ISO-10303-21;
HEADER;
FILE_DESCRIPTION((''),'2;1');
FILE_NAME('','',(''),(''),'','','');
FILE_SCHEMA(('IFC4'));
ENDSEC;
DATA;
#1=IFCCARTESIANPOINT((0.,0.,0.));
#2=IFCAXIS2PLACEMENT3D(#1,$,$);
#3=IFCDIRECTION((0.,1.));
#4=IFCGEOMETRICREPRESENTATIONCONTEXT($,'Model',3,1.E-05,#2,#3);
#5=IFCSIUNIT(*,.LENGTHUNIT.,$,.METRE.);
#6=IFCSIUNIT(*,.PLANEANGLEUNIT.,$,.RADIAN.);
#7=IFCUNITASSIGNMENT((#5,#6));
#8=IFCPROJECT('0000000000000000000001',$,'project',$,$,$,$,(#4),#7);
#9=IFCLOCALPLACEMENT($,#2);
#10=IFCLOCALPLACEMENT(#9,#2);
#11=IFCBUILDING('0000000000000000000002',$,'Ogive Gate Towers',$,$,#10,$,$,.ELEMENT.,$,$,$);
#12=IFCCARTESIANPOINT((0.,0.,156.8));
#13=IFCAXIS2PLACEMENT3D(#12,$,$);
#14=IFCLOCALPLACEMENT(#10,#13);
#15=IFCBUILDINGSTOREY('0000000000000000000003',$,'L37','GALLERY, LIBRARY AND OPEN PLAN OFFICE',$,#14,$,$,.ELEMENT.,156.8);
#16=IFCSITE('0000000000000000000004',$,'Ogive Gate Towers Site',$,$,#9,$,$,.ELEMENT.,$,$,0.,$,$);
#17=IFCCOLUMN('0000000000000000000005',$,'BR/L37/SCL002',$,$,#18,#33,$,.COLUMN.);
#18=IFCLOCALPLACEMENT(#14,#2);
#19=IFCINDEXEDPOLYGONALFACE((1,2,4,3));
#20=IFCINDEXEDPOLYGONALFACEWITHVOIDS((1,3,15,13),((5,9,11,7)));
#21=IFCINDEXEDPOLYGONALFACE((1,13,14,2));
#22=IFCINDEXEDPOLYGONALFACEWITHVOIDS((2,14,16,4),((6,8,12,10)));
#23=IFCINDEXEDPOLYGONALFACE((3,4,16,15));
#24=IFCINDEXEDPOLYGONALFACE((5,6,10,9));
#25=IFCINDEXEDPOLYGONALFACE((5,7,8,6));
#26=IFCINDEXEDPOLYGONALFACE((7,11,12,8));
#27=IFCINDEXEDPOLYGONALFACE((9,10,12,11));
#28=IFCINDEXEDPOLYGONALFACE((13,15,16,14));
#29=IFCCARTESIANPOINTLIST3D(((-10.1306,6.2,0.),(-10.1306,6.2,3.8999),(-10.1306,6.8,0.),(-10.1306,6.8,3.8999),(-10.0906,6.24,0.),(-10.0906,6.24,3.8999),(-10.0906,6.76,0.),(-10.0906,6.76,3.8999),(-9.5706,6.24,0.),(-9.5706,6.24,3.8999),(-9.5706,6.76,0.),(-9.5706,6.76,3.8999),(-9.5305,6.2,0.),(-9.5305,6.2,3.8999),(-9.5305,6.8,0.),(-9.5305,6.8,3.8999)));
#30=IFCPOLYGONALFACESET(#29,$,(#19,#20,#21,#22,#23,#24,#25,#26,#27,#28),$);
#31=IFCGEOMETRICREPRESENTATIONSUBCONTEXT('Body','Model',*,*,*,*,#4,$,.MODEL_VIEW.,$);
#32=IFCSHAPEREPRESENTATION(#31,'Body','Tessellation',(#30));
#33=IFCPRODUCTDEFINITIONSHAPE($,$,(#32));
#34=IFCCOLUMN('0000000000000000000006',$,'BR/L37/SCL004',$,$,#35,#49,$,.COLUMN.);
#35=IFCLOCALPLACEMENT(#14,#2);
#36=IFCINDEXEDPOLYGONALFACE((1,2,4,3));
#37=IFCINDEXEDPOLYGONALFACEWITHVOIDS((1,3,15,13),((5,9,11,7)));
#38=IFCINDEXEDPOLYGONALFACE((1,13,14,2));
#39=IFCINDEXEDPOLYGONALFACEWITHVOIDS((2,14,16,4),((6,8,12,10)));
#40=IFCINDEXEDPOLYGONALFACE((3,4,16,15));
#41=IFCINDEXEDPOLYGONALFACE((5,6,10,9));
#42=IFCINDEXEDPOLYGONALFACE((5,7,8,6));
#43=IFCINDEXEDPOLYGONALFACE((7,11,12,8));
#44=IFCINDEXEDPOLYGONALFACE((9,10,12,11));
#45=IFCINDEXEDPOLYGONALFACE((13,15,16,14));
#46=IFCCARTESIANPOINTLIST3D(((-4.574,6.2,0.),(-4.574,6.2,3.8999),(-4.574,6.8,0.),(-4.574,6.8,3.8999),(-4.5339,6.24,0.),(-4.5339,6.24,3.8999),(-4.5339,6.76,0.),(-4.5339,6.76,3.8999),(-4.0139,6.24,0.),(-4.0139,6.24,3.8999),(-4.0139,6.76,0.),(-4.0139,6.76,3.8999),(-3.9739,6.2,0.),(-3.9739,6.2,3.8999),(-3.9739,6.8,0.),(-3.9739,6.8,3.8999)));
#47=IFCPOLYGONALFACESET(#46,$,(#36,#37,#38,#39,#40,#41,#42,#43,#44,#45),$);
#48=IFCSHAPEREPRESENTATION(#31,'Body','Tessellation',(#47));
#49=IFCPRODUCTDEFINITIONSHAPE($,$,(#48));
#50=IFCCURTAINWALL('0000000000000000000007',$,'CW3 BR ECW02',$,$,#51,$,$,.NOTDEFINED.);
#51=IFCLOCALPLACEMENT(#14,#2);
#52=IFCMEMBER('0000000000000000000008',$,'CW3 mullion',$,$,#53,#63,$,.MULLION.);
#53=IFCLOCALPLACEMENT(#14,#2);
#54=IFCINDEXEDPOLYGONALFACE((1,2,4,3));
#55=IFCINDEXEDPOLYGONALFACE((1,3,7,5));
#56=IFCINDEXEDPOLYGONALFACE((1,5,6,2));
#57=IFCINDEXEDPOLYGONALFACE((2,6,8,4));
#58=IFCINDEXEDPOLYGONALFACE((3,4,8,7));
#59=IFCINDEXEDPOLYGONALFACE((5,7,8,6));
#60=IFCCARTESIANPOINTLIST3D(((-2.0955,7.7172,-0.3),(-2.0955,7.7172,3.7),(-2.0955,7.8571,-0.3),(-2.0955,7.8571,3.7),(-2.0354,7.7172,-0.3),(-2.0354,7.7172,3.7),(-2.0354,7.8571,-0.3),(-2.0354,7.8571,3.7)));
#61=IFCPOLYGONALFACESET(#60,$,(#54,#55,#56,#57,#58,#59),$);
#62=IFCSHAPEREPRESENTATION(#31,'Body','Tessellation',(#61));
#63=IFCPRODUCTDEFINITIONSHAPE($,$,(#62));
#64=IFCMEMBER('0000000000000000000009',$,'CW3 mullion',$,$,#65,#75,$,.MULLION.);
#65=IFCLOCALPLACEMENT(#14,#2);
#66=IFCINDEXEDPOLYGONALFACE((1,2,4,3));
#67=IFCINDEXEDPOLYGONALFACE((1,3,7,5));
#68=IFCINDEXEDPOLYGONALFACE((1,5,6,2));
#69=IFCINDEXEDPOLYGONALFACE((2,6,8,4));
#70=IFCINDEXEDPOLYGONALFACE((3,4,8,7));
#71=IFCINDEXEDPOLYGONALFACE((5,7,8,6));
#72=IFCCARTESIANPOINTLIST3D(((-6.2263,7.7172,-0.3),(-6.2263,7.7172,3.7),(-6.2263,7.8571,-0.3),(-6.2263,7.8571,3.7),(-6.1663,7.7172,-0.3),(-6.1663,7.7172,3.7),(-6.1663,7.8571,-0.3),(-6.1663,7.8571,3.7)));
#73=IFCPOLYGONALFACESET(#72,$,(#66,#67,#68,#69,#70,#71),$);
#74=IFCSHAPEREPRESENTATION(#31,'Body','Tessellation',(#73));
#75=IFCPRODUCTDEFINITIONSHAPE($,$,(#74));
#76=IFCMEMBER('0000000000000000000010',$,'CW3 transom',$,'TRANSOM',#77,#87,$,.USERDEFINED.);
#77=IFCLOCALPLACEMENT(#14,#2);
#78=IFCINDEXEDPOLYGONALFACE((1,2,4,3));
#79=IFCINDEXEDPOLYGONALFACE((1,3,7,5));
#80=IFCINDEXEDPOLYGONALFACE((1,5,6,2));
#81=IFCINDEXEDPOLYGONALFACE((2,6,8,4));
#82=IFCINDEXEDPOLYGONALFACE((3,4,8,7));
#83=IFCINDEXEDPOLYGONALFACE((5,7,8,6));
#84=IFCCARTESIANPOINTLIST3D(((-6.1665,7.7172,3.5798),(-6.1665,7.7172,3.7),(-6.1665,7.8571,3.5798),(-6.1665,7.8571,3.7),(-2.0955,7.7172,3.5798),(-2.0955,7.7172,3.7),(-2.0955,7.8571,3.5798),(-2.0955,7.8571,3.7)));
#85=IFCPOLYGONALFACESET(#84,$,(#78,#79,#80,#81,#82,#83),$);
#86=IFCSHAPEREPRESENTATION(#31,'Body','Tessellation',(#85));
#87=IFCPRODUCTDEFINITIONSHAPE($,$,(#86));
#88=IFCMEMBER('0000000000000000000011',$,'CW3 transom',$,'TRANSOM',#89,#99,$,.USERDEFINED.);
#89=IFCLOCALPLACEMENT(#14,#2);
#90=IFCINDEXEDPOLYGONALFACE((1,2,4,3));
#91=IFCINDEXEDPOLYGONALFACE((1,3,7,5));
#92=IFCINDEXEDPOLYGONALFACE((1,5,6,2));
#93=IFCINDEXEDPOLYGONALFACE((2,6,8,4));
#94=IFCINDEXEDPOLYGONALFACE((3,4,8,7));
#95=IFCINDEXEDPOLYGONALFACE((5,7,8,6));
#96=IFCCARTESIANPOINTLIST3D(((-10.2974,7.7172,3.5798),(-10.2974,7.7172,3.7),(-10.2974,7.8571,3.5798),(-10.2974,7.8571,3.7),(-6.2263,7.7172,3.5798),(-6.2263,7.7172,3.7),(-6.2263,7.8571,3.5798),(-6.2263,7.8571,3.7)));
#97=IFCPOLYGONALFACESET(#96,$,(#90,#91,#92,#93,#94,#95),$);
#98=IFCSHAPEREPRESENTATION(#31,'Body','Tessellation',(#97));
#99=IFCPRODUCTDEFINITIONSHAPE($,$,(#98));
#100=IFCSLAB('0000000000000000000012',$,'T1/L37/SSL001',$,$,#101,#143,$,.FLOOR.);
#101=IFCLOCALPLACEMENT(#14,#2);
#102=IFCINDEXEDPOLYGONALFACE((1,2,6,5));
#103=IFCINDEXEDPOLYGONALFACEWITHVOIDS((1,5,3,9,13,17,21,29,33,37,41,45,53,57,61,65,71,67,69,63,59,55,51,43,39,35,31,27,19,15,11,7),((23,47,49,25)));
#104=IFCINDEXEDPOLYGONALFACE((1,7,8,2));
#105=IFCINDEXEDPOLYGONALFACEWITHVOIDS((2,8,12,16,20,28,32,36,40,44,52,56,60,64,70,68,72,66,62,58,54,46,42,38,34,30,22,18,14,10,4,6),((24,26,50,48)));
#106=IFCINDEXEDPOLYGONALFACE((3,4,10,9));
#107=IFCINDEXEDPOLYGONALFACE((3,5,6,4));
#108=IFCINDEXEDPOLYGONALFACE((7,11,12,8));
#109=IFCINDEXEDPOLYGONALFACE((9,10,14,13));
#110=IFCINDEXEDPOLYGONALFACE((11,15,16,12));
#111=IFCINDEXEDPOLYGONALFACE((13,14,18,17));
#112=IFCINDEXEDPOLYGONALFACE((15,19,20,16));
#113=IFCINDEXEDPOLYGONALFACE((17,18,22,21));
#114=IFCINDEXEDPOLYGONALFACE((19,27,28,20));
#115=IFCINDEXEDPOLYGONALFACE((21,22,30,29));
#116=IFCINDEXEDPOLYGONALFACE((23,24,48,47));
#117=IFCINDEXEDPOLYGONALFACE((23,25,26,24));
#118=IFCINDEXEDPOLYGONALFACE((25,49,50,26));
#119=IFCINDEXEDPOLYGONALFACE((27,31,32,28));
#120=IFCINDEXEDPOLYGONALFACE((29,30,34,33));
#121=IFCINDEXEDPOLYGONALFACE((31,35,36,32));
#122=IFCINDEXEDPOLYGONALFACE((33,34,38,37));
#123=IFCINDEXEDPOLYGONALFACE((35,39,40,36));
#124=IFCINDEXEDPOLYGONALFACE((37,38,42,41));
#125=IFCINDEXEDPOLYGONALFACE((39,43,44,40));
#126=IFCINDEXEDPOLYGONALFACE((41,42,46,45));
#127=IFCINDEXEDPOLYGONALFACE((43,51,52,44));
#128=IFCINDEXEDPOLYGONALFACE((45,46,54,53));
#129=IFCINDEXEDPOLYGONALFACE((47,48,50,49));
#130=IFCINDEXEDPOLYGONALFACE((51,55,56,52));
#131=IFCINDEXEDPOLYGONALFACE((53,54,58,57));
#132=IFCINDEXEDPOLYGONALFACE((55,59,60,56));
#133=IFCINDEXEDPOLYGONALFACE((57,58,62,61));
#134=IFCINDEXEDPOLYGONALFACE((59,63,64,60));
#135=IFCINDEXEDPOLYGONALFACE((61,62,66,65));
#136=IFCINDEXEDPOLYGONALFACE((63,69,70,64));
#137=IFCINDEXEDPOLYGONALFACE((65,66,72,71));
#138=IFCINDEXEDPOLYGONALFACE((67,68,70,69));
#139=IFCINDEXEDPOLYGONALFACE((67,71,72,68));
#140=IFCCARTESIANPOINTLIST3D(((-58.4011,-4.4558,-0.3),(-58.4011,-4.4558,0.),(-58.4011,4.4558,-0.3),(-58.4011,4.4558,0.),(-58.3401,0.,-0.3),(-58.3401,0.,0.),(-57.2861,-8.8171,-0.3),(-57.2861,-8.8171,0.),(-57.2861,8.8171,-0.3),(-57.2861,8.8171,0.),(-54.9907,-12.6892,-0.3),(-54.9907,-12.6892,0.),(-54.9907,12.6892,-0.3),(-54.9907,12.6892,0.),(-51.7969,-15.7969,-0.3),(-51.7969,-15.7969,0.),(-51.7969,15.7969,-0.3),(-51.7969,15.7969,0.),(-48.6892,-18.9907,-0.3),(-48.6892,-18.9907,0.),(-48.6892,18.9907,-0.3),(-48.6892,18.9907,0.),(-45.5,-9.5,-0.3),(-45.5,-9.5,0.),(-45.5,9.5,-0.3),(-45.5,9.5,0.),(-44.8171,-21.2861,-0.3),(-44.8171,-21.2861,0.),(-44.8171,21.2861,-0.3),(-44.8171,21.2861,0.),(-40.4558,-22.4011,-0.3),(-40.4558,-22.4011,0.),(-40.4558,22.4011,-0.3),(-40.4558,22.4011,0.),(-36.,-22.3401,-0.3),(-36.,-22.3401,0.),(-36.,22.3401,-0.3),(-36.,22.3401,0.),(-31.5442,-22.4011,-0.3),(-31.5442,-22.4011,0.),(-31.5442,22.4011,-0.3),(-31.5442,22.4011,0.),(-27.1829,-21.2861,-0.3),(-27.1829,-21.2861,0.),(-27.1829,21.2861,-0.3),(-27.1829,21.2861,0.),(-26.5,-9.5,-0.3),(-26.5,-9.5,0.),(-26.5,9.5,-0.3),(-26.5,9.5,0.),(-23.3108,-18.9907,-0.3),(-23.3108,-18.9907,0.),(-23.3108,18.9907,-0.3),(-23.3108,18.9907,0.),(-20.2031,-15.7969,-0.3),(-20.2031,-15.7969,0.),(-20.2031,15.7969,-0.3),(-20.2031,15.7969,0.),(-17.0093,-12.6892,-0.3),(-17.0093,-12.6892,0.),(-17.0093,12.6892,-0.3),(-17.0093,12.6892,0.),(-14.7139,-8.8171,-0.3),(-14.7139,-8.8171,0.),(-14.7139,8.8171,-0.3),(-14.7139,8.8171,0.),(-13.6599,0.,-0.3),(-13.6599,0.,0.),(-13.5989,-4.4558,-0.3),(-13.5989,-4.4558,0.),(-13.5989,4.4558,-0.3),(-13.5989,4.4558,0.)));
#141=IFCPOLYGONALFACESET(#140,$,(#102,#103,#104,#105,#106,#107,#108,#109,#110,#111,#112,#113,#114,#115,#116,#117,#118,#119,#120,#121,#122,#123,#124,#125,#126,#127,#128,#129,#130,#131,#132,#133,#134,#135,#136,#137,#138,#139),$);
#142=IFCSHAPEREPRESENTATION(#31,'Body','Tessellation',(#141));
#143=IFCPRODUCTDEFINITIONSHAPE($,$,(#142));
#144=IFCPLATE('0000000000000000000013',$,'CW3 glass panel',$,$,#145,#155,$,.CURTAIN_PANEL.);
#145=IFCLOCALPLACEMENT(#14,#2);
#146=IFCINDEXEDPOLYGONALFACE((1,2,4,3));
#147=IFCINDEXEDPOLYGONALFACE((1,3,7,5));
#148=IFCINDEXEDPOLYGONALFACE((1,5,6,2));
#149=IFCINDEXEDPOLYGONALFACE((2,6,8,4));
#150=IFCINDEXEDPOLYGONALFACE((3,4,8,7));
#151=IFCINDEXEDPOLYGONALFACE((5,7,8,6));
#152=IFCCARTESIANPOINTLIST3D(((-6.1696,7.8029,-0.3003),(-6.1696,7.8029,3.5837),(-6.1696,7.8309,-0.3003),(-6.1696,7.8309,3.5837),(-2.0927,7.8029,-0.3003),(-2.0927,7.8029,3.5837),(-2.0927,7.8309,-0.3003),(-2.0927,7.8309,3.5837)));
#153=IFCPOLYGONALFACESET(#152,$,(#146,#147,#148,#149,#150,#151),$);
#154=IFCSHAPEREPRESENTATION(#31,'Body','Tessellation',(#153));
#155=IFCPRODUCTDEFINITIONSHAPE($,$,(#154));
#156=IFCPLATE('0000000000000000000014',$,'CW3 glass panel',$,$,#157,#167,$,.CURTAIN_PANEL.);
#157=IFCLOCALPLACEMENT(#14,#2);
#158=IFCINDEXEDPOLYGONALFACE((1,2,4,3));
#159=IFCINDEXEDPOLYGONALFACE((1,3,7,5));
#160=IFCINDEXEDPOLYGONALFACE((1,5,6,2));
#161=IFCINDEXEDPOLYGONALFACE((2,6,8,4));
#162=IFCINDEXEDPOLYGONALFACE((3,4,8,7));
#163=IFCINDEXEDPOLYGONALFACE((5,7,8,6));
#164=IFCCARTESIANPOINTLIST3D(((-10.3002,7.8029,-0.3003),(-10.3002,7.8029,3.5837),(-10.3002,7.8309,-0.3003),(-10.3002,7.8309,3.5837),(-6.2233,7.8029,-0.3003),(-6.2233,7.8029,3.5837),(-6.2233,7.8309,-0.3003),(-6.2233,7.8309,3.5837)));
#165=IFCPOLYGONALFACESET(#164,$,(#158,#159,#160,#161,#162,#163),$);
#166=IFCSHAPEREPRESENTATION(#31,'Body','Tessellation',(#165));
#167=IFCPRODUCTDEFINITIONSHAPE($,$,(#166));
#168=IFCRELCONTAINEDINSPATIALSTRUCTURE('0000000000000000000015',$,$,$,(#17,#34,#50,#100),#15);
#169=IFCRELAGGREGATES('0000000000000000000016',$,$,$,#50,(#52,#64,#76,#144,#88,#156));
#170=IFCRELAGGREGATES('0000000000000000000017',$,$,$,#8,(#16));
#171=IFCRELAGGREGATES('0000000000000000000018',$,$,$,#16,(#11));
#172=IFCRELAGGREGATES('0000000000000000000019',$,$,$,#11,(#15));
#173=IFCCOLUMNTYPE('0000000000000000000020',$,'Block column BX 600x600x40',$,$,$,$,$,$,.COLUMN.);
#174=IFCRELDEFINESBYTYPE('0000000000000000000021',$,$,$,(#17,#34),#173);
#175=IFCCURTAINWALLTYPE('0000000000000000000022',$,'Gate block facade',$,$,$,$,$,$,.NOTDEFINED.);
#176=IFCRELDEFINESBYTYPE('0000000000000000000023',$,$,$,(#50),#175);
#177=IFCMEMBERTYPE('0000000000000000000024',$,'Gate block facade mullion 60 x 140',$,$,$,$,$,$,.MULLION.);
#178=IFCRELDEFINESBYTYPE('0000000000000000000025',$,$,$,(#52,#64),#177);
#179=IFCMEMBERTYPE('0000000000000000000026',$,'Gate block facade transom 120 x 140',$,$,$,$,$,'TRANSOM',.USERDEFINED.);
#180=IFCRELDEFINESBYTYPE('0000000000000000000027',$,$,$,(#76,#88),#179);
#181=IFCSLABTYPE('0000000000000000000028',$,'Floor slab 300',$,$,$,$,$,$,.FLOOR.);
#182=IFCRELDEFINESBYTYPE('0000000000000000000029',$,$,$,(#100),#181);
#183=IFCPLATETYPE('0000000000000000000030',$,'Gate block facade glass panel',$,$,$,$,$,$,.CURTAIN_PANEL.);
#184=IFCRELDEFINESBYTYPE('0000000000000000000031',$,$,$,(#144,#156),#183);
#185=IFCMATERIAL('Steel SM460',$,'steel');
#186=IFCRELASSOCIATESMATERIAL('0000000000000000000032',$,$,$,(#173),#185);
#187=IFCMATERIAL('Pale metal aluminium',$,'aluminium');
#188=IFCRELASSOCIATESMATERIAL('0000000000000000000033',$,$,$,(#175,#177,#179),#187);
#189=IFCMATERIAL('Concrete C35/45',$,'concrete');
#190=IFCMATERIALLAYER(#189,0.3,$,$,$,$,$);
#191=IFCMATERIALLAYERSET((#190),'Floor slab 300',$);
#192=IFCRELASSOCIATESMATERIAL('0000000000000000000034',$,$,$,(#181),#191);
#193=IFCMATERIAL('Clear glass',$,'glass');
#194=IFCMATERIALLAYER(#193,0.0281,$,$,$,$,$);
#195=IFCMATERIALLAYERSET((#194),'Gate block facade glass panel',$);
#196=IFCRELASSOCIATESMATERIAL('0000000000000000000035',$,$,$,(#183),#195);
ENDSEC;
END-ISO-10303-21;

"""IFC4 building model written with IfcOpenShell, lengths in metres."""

from ifc_helpers import new_model, si_unit, direction, frame, origin, origin_2d, place, context, subcontext, project, spatial, polyline, rectangle, hollow_rectangle, outline, extrude, material, layer, layer_set, material_profile, profile_set, type_object, element, aggregate, save


model = new_model("IFC4")

# Units and contexts
model_context = context("Model", 3, precision=1e-05, world=origin(), true_north=direction((0.0, 1.0)))
body_context = subcontext(model_context, "Body", "Model", "MODEL_VIEW")
ifc_project = project(units=[si_unit("LENGTHUNIT", "METRE"), si_unit("PLANEANGLEUNIT", "RADIAN")], contexts=[model_context])

# Site, building, storey
site_placement = place(None, origin())
site = spatial("IfcSite", under=ifc_project, at=site_placement, Name="Ogive Gate Towers Site", CompositionType="ELEMENT", RefElevation=0.0)
building_placement = place(site_placement, origin())
building = spatial("IfcBuilding", under=site, at=building_placement, Name="Ogive Gate Towers", CompositionType="ELEMENT")
storey_placement = place(building_placement, frame((0.0, 0.0, 156.8)))
storey = spatial("IfcBuildingStorey", under=building, at=storey_placement, Name="L37", Description="GALLERY, LIBRARY AND OPEN PLAN OFFICE", CompositionType="ELEMENT", Elevation=156.8)

# Columns
ifc_material_1 = material(Name="Steel SM460", Category="steel")
ifc_material_profile_1 = material_profile(ifc_material_1, hollow_rectangle(XDim=0.6001, YDim=0.6001, WallThickness=0.04, at=origin_2d()), Name="BX 600x600x40")
ifc_profile_set_1 = profile_set([ifc_material_profile_1], Name="Steel SM460")
column_type = type_object("IfcColumnType", Name="Block column BX 600x600x40", PredefinedType="COLUMN", material=ifc_profile_set_1)
for number, where, z_axis, x_axis, name in (
    (1, (-9.8306, 6.5, 0.0), (0.0, 0.0, 1.0), (1.0, 0.0, 0.0), "BR/L37/SCL002"),
    (2, (-4.2739, 6.5, 0.0), (0.0, 0.0, 1.0), (1.0, 0.0, 0.0), "BR/L37/SCL004"),
):
    element("IfcColumn", number, at=place(storey_placement, frame(where, z_axis=z_axis, x_axis=x_axis)), inside=storey, type_object=column_type, Name=name, PredefinedType="COLUMN", context=body_context, shape_type="SweptSolid", body=[
        extrude(hollow_rectangle(XDim=0.6001, YDim=0.6001, WallThickness=0.04, at=origin_2d()), origin(), (0.0, 0.0, 1.0), 3.8999),
    ])

# Curtain wall, members
ifc_material_2 = material(Name="Pale metal aluminium", Category="aluminium")
curtain_wall_type = type_object("IfcCurtainWallType", Name="Gate block facade", PredefinedType="NOTDEFINED", material=ifc_material_2)
curtain_wall_placement = place(storey_placement, origin())
curtain_wall = element("IfcCurtainWall", 3, at=curtain_wall_placement, inside=storey, type_object=curtain_wall_type, Name="CW3 BR ECW02", PredefinedType="NOTDEFINED")
ifc_material_profile_2 = material_profile(ifc_material_2, rectangle(XDim=0.1399, YDim=0.0601, at=origin_2d()), Name="60 x 140 aluminium box")
ifc_profile_set_2 = profile_set([ifc_material_profile_2], Name="Pale metal aluminium")
member_type_1 = type_object("IfcMemberType", Name="Gate block facade mullion 60 x 140", PredefinedType="MULLION", material=ifc_profile_set_2)
member_1_placement = place(storey_placement, frame((-2.0654, 7.7871, -0.3), z_axis=(0.0, 0.0, 1.0), x_axis=(0.0, 1.0, 0.0)))
member_1 = element("IfcMember", 4, at=member_1_placement, type_object=member_type_1, Name="CW3 mullion", PredefinedType="MULLION", context=body_context, shape_type="SweptSolid", body=[
    extrude(rectangle(XDim=0.1399, YDim=0.0601, at=origin_2d()), origin(), (0.0, 0.0, 1.0), 4.0),
])
member_2_placement = place(storey_placement, frame((-6.1963, 7.7871, -0.3), z_axis=(0.0, 0.0, 1.0), x_axis=(0.0, 1.0, 0.0)))
member_2 = element("IfcMember", 5, at=member_2_placement, type_object=member_type_1, Name="CW3 mullion", PredefinedType="MULLION", context=body_context, shape_type="SweptSolid", body=[
    extrude(rectangle(XDim=0.1399, YDim=0.0601, at=origin_2d()), origin(), (0.0, 0.0, 1.0), 4.0),
])
ifc_material_profile_3 = material_profile(ifc_material_2, rectangle(XDim=0.1399, YDim=0.1201, at=origin_2d()), Name="120 x 140 aluminium box")
ifc_profile_set_3 = profile_set([ifc_material_profile_3], Name="Pale metal aluminium")
member_type_2 = type_object("IfcMemberType", Name="Gate block facade transom 120 x 140", ElementType="TRANSOM", PredefinedType="USERDEFINED", material=ifc_profile_set_3)
member_3_placement = place(storey_placement, frame((-2.0955, 7.7871, 3.6399), z_axis=(-1.0, 0.0, 0.0), x_axis=(0.0, -1.0, 0.0)))
member_3 = element("IfcMember", 6, at=member_3_placement, type_object=member_type_2, Name="CW3 transom", ObjectType="TRANSOM", PredefinedType="USERDEFINED", context=body_context, shape_type="SweptSolid", body=[
    extrude(rectangle(XDim=0.1399, YDim=0.1201, at=origin_2d()), origin(), (0.0, 0.0, 1.0), 4.071),
])
member_4_placement = place(storey_placement, frame((-6.2263, 7.7871, 3.6399), z_axis=(-1.0, 0.0, 0.0), x_axis=(0.0, -1.0, 0.0)))
member_4 = element("IfcMember", 7, at=member_4_placement, type_object=member_type_2, Name="CW3 transom", ObjectType="TRANSOM", PredefinedType="USERDEFINED", context=body_context, shape_type="SweptSolid", body=[
    extrude(rectangle(XDim=0.1399, YDim=0.1201, at=origin_2d()), origin(), (0.0, 0.0, 1.0), 4.071),
])

# Slab
ifc_material_3 = material(Name="Concrete C35/45", Category="concrete")
ifc_layer_1 = layer(ifc_material_3, 0.3)
ifc_layer_set_1 = layer_set([ifc_layer_1], Name="Floor slab 300")
slab_type = type_object("IfcSlabType", Name="Floor slab 300", PredefinedType="FLOOR", material=ifc_layer_set_1)
slab_placement = place(storey_placement, frame((0.0, 0.0, -0.3)))
element("IfcSlab", 8, at=slab_placement, inside=storey, type_object=slab_type, Name="T1/L37/SSL001", PredefinedType="FLOOR", context=body_context, shape_type="SweptSolid", body=[
    extrude(outline(polyline([(-13.5989, -4.4558), (-13.6599, 0.0), (-13.5989, 4.4558), (-14.7139, 8.8171), (-17.0093, 12.6892), (-20.2031, 15.7969), (-23.3108, 18.9907), (-27.1829, 21.2861), (-31.5442, 22.4011), (-36.0, 22.3401), (-40.4558, 22.4011), (-44.8171, 21.2861), (-48.6892, 18.9907), (-51.7969, 15.7969), (-54.9907, 12.6892), (-57.2861, 8.8171), (-58.4011, 4.4558), (-58.3401, 0.0), (-58.4011, -4.4558), (-57.2861, -8.8171), (-54.9907, -12.6892), (-51.7969, -15.7969), (-48.6892, -18.9907), (-44.8171, -21.2861), (-40.4558, -22.4011), (-36.0, -22.3401), (-31.5442, -22.4011), (-27.1829, -21.2861), (-23.3108, -18.9907), (-20.2031, -15.7969), (-17.0093, -12.6892), (-14.7139, -8.8171), (-13.5989, -4.4558)]), holes=[polyline([(-26.5, -9.5), (-45.5, -9.5), (-45.5, 9.5), (-26.5, 9.5), (-26.5, -9.5)])]), origin(), (0.0, 0.0, 1.0), 0.3),
])

# Plates
ifc_material_4 = material(Name="Clear glass", Category="glass")
ifc_layer_2 = layer(ifc_material_4, 0.0281)
ifc_layer_set_2 = layer_set([ifc_layer_2], Name="Gate block facade glass panel")
plate_type = type_object("IfcPlateType", Name="Gate block facade glass panel", PredefinedType="CURTAIN_PANEL", material=ifc_layer_set_2)
plate_1_placement = place(storey_placement, frame((-4.1311, 7.8169, -0.3003), z_axis=(0.0, 0.0, 1.0), x_axis=(-1.0, 0.0, 0.0)))
plate_1 = element("IfcPlate", 9, at=plate_1_placement, type_object=plate_type, Name="CW3 glass panel", PredefinedType="CURTAIN_PANEL", context=body_context, shape_type="SweptSolid", body=[
    extrude(rectangle(XDim=4.0769, YDim=0.0281, at=origin_2d()), origin(), (0.0, 0.0, 1.0), 3.884),
])
plate_2_placement = place(storey_placement, frame((-8.2617, 7.8169, -0.3003), z_axis=(0.0, 0.0, 1.0), x_axis=(-1.0, 0.0, 0.0)))
plate_2 = element("IfcPlate", 10, at=plate_2_placement, type_object=plate_type, Name="CW3 glass panel", PredefinedType="CURTAIN_PANEL", context=body_context, shape_type="SweptSolid", body=[
    extrude(rectangle(XDim=4.0769, YDim=0.0281, at=origin_2d()), origin(), (0.0, 0.0, 1.0), 3.884),
])
aggregate(curtain_wall, [member_1, member_2, member_3, plate_1, member_4, plate_2])

save(model, "model.ifc")
